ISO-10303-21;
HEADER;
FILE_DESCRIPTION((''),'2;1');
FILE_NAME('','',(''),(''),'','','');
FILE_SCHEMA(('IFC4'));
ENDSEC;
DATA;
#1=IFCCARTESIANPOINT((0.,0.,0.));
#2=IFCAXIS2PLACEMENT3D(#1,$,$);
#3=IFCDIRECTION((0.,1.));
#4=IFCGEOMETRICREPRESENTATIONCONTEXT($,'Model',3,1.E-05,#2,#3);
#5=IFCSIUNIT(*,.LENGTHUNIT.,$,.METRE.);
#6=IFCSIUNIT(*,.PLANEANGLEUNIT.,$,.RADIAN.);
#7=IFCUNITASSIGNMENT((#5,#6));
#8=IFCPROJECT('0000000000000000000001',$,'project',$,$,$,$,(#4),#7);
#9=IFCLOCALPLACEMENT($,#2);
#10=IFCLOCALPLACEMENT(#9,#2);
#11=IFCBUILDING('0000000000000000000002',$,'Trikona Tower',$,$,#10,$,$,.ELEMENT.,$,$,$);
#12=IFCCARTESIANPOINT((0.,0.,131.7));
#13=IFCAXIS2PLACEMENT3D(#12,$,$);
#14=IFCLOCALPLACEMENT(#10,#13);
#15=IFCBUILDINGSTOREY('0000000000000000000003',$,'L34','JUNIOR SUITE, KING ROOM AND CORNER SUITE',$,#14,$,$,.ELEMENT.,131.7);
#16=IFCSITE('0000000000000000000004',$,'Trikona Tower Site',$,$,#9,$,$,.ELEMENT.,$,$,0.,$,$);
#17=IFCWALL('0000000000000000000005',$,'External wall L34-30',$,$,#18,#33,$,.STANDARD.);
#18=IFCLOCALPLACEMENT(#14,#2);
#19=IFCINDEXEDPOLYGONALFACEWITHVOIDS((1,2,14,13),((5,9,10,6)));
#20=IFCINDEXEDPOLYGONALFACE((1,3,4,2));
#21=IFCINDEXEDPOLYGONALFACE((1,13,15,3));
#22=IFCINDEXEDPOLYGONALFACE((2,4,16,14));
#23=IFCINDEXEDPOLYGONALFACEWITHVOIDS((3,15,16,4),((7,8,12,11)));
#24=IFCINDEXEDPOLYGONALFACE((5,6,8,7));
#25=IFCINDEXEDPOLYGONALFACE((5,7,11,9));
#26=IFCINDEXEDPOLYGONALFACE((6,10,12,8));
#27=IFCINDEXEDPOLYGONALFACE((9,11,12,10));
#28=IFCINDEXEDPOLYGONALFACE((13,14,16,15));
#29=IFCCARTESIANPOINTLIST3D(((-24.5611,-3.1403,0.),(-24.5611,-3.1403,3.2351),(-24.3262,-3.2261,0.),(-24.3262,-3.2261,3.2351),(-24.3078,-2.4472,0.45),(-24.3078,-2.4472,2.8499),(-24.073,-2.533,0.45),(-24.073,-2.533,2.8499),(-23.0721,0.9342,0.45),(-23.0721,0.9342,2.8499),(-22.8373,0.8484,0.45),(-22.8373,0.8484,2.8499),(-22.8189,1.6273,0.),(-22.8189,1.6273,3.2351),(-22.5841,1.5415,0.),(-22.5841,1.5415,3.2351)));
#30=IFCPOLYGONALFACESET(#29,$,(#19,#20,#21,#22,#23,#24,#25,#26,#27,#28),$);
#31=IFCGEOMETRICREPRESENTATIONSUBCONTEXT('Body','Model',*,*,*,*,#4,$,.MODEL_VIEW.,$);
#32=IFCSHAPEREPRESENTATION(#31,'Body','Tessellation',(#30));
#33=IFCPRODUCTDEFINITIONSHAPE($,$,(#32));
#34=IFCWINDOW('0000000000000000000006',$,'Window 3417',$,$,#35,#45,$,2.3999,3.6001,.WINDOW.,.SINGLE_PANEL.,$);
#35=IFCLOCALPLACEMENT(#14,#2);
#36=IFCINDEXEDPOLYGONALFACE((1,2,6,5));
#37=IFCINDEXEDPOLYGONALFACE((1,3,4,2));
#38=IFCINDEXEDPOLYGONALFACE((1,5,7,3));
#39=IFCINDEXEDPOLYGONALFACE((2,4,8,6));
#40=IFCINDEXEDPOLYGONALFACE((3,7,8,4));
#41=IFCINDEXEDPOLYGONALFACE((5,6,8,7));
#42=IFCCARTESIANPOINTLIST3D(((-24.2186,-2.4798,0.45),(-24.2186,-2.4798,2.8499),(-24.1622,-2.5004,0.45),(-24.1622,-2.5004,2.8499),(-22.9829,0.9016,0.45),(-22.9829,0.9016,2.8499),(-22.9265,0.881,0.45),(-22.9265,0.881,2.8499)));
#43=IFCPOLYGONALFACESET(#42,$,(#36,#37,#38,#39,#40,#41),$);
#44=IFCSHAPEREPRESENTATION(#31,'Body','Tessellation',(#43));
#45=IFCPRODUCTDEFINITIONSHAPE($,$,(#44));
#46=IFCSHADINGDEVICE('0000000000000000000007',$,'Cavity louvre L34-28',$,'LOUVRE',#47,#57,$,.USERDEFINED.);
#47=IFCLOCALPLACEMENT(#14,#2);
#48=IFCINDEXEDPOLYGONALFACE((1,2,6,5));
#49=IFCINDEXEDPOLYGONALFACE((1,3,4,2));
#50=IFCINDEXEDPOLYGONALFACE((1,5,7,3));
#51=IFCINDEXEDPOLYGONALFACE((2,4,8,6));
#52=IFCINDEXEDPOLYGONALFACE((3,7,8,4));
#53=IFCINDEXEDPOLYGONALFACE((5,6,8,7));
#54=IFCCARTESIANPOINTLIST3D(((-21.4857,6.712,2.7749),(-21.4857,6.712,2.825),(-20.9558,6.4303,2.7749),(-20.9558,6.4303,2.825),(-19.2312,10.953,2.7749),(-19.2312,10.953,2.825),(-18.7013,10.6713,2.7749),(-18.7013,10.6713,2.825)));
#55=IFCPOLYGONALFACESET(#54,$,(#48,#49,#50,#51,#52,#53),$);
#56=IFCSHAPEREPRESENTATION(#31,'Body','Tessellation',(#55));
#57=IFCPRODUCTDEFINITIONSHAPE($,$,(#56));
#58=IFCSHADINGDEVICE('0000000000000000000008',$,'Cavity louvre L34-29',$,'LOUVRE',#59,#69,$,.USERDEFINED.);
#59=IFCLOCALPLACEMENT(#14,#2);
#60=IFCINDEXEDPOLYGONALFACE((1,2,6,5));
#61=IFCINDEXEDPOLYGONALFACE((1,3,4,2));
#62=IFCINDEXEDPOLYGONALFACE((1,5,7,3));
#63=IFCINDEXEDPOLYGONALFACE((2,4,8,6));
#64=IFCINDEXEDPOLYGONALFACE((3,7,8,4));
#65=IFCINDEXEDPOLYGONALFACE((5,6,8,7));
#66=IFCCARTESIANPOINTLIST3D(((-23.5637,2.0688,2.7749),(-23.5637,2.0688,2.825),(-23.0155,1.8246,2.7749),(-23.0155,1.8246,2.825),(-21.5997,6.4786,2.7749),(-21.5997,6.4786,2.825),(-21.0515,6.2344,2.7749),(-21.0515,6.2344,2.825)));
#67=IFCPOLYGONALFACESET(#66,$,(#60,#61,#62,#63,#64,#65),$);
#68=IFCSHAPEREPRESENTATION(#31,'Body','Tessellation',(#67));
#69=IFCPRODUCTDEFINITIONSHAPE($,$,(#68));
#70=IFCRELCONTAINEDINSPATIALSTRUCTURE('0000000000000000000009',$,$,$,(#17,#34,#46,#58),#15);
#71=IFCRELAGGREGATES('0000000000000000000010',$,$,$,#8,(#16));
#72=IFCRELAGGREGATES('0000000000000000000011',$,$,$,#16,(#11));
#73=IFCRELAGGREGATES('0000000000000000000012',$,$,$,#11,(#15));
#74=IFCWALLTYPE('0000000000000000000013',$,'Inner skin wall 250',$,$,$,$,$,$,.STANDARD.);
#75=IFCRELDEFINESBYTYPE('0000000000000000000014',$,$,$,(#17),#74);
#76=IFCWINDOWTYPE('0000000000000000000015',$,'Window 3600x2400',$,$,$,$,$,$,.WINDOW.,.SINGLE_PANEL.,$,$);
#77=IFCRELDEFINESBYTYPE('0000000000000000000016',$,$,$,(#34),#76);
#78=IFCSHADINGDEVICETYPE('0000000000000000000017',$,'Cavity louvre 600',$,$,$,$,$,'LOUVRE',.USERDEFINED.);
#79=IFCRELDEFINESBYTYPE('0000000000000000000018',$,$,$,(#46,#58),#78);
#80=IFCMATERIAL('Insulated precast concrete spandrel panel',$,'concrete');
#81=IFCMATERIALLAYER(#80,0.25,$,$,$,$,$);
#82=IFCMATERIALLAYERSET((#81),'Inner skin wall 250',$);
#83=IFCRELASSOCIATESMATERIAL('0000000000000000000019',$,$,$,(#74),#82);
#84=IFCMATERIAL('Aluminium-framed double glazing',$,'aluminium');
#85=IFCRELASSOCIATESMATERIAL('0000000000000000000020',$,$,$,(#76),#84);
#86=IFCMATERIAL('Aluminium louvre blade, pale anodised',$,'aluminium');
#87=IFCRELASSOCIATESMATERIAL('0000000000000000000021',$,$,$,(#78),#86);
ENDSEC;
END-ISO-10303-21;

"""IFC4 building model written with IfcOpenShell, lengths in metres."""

from ifc_helpers import new_model, si_unit, direction, frame, frame_2d, origin, origin_2d, place, context, subcontext, project, spatial, rectangle, extrude, material, layer, layer_set, type_object, element, fill, save


model = new_model("IFC4")

# Units and contexts
model_context = context("Model", 3, precision=1e-05, world=origin(), true_north=direction((0.0, 1.0)))
body_context = subcontext(model_context, "Body", "Model", "MODEL_VIEW")
ifc_project = project(units=[si_unit("LENGTHUNIT", "METRE"), si_unit("PLANEANGLEUNIT", "RADIAN")], contexts=[model_context])

# Site, building, storey
site_placement = place(None, origin())
site = spatial("IfcSite", under=ifc_project, at=site_placement, Name="Trikona Tower Site", CompositionType="ELEMENT", RefElevation=0.0)
building_placement = place(site_placement, origin())
building = spatial("IfcBuilding", under=site, at=building_placement, Name="Trikona Tower", CompositionType="ELEMENT")
storey_placement = place(building_placement, frame((0.0, 0.0, 131.7)))
storey = spatial("IfcBuildingStorey", under=building, at=storey_placement, Name="L34", Description="JUNIOR SUITE, KING ROOM AND CORNER SUITE", CompositionType="ELEMENT", Elevation=131.7)

# Wall, opening, window
ifc_material_1 = material(Name="Insulated precast concrete spandrel panel", Category="concrete")
ifc_layer_1 = layer(ifc_material_1, 0.25)
ifc_layer_set_1 = layer_set([ifc_layer_1], Name="Inner skin wall 250")
wall_type = type_object("IfcWallType", Name="Inner skin wall 250", PredefinedType="STANDARD", material=ifc_layer_set_1)
ifc_material_2 = material(Name="Aluminium-framed double glazing", Category="aluminium")
window_type = type_object("IfcWindowType", Name="Window 3600x2400", PartitioningType="SINGLE_PANEL", PredefinedType="WINDOW", material=ifc_material_2)
wall_1_placement = place(storey_placement, frame((-22.7014, 1.5845, 0.0), z_axis=(0.0, 0.0, 1.0), x_axis=(-0.343226, -0.939253, 0.0)))
wall_1 = element("IfcWall", 1, at=wall_1_placement, inside=storey, type_object=wall_type, Name="External wall L34-30", PredefinedType="STANDARD", context=body_context, shape_type="SweptSolid", body=[
    extrude(rectangle(XDim=5.0759, YDim=0.25, at=frame_2d((2.5381, 0.0))), origin(), (0.0, 0.0, 1.0), 3.2351),
])
opening_1_placement = place(wall_1_placement, frame((0.738, 0.0, 0.45)))
opening_1 = element("IfcOpeningElement", 2, at=opening_1_placement, cuts=wall_1, PredefinedType="OPENING", context=body_context, shape_type="SweptSolid", body=[
    extrude(rectangle(XDim=3.6001, YDim=2.3999, at=frame_2d((1.8, 1.2))), frame((0.0, 0.135, 0.0), z_axis=(0.0, -1.0, 0.0), x_axis=(1.0, 0.0, 0.0)), (0.0, 0.0, 1.0), 0.27),
])
window_1_placement = place(opening_1_placement, origin())
window_1 = element("IfcWindow", 3, at=window_1_placement, inside=storey, type_object=window_type, Name="Window 3417", OverallHeight=2.3999, OverallWidth=3.6001, PartitioningType="SINGLE_PANEL", PredefinedType="WINDOW", context=body_context, shape_type="SweptSolid", body=[
    extrude(rectangle(XDim=3.6001, YDim=2.3999, at=frame_2d((1.8, 1.2))), frame((0.0, 0.03, 0.0), z_axis=(0.0, -1.0, 0.0), x_axis=(1.0, 0.0, 0.0)), (0.0, 0.0, 1.0), 0.0601),
])
fill(opening_1, window_1)

# Shading devices
ifc_material_3 = material(Name="Aluminium louvre blade, pale anodised", Category="aluminium")
shading_device_type = type_object("IfcShadingDeviceType", Name="Cavity louvre 600", ElementType="LOUVRE", PredefinedType="USERDEFINED", material=ifc_material_3)
shading_device_1_placement = place(storey_placement, frame((-20.0935, 8.6917, 2.7749), z_axis=(0.0, 0.0, 1.0), x_axis=(-0.469398, -0.882987, 0.0)))
element("IfcShadingDevice", 4, at=shading_device_1_placement, inside=storey, type_object=shading_device_type, Name="Cavity louvre L34-28", ObjectType="LOUVRE", PredefinedType="USERDEFINED", context=body_context, shape_type="SweptSolid", body=[
    extrude(rectangle(XDim=4.803, YDim=0.6001, at=origin_2d()), origin(), (0.0, 0.0, 1.0), 0.05),
])
shading_device_2_placement = place(storey_placement, frame((-22.3076, 4.1516, 2.7749), z_axis=(0.0, 0.0, 1.0), x_axis=(-0.406843, -0.913498, 0.0)))
element("IfcShadingDevice", 5, at=shading_device_2_placement, inside=storey, type_object=shading_device_type, Name="Cavity louvre L34-29", ObjectType="LOUVRE", PredefinedType="USERDEFINED", context=body_context, shape_type="SweptSolid", body=[
    extrude(rectangle(XDim=4.8274, YDim=0.6001, at=origin_2d()), origin(), (0.0, 0.0, 1.0), 0.05),
])

save(model, "model.ifc")
